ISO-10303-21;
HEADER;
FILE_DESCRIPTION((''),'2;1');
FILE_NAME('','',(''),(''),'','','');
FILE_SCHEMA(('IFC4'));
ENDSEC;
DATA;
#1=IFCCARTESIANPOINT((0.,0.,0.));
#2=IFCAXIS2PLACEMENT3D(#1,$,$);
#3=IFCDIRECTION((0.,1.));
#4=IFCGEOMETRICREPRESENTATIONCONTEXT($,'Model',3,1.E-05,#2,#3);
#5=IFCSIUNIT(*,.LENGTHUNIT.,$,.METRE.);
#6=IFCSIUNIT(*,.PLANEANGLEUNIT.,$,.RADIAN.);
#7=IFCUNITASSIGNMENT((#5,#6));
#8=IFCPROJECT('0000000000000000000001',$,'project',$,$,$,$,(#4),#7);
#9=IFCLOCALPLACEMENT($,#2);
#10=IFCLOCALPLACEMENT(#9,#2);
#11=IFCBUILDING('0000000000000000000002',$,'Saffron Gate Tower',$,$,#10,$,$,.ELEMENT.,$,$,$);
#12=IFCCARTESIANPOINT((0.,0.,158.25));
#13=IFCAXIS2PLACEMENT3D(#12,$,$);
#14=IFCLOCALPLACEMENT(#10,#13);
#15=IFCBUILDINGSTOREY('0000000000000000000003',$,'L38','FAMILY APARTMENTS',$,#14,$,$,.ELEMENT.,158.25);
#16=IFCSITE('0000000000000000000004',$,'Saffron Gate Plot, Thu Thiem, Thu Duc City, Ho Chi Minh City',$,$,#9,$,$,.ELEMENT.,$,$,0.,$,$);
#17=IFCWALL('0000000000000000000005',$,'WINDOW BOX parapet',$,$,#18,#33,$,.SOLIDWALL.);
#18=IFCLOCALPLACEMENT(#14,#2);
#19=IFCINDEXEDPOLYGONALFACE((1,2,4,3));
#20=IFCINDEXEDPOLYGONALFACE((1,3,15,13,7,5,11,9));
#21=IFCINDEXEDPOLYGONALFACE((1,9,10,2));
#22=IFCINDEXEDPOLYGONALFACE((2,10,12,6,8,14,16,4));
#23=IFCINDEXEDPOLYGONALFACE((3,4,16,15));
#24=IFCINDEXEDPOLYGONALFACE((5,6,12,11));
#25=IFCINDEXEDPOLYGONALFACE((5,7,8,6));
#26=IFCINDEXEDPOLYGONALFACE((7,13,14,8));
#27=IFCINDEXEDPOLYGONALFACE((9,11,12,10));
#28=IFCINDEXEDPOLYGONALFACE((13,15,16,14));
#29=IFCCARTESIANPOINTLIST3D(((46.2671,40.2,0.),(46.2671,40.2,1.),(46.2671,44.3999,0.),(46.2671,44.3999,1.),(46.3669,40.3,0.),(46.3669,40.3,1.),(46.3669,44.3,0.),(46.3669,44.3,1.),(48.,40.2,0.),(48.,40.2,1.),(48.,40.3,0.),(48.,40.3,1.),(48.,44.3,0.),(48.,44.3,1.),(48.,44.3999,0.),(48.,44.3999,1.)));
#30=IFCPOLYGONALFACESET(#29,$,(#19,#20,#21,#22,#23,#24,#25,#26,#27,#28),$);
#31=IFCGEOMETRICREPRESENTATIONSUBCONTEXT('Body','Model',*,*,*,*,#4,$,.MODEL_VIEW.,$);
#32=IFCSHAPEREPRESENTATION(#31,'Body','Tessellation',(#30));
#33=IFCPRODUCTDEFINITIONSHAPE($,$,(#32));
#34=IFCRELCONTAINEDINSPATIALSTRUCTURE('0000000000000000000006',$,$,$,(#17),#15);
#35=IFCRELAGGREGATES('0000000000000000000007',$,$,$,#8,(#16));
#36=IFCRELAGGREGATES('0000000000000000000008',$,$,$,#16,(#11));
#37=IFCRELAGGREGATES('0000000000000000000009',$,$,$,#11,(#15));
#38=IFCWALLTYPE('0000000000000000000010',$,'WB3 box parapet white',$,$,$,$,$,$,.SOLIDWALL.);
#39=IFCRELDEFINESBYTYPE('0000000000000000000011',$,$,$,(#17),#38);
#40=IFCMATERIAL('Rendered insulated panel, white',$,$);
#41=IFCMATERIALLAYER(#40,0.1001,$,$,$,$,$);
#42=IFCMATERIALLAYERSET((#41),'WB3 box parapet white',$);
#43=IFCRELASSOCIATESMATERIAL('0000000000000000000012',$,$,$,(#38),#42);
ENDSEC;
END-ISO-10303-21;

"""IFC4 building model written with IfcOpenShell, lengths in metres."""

from ifc_helpers import new_model, si_unit, direction, frame, origin, place, context, subcontext, project, spatial, polyline, outline, extrude, material, layer, layer_set, type_object, element, save


model = new_model("IFC4")

# Units and contexts
model_context = context("Model", 3, precision=1e-05, world=origin(), true_north=direction((0.0, 1.0)))
body_context = subcontext(model_context, "Body", "Model", "MODEL_VIEW")
ifc_project = project(units=[si_unit("LENGTHUNIT", "METRE"), si_unit("PLANEANGLEUNIT", "RADIAN")], contexts=[model_context])

# Site, building, storey
site_placement = place(None, origin())
site = spatial("IfcSite", under=ifc_project, at=site_placement, Name="Saffron Gate Plot, Thu Thiem, Thu Duc City, Ho Chi Minh City", CompositionType="ELEMENT", RefElevation=0.0)
building_placement = place(site_placement, origin())
building = spatial("IfcBuilding", under=site, at=building_placement, Name="Saffron Gate Tower", CompositionType="ELEMENT")
storey_placement = place(building_placement, frame((0.0, 0.0, 158.25)))
storey = spatial("IfcBuildingStorey", under=building, at=storey_placement, Name="L38", Description="FAMILY APARTMENTS", CompositionType="ELEMENT", Elevation=158.25)

# Wall
ifc_material_1 = material(Name="Rendered insulated panel, white")
ifc_layer_1 = layer(ifc_material_1, 0.1001)
ifc_layer_set_1 = layer_set([ifc_layer_1], Name="WB3 box parapet white")
wall_type_1 = type_object("IfcWallType", Name="WB3 box parapet white", PredefinedType="SOLIDWALL", material=ifc_layer_set_1)
wall_1_placement = place(storey_placement, origin())
element("IfcWall", 1, at=wall_1_placement, inside=storey, type_object=wall_type_1, Name="WINDOW BOX parapet", PredefinedType="SOLIDWALL", context=body_context, shape_type="SweptSolid", body=[
    extrude(outline(polyline([(48.0, 44.3999), (48.0, 44.3), (46.3669, 44.3), (46.3669, 40.3), (48.0, 40.3), (48.0, 40.2), (46.2671, 40.2), (46.2671, 44.3999), (48.0, 44.3999)])), origin(), (0.0, 0.0, 1.0), 1.0),
])

save(model, "model.ifc")
